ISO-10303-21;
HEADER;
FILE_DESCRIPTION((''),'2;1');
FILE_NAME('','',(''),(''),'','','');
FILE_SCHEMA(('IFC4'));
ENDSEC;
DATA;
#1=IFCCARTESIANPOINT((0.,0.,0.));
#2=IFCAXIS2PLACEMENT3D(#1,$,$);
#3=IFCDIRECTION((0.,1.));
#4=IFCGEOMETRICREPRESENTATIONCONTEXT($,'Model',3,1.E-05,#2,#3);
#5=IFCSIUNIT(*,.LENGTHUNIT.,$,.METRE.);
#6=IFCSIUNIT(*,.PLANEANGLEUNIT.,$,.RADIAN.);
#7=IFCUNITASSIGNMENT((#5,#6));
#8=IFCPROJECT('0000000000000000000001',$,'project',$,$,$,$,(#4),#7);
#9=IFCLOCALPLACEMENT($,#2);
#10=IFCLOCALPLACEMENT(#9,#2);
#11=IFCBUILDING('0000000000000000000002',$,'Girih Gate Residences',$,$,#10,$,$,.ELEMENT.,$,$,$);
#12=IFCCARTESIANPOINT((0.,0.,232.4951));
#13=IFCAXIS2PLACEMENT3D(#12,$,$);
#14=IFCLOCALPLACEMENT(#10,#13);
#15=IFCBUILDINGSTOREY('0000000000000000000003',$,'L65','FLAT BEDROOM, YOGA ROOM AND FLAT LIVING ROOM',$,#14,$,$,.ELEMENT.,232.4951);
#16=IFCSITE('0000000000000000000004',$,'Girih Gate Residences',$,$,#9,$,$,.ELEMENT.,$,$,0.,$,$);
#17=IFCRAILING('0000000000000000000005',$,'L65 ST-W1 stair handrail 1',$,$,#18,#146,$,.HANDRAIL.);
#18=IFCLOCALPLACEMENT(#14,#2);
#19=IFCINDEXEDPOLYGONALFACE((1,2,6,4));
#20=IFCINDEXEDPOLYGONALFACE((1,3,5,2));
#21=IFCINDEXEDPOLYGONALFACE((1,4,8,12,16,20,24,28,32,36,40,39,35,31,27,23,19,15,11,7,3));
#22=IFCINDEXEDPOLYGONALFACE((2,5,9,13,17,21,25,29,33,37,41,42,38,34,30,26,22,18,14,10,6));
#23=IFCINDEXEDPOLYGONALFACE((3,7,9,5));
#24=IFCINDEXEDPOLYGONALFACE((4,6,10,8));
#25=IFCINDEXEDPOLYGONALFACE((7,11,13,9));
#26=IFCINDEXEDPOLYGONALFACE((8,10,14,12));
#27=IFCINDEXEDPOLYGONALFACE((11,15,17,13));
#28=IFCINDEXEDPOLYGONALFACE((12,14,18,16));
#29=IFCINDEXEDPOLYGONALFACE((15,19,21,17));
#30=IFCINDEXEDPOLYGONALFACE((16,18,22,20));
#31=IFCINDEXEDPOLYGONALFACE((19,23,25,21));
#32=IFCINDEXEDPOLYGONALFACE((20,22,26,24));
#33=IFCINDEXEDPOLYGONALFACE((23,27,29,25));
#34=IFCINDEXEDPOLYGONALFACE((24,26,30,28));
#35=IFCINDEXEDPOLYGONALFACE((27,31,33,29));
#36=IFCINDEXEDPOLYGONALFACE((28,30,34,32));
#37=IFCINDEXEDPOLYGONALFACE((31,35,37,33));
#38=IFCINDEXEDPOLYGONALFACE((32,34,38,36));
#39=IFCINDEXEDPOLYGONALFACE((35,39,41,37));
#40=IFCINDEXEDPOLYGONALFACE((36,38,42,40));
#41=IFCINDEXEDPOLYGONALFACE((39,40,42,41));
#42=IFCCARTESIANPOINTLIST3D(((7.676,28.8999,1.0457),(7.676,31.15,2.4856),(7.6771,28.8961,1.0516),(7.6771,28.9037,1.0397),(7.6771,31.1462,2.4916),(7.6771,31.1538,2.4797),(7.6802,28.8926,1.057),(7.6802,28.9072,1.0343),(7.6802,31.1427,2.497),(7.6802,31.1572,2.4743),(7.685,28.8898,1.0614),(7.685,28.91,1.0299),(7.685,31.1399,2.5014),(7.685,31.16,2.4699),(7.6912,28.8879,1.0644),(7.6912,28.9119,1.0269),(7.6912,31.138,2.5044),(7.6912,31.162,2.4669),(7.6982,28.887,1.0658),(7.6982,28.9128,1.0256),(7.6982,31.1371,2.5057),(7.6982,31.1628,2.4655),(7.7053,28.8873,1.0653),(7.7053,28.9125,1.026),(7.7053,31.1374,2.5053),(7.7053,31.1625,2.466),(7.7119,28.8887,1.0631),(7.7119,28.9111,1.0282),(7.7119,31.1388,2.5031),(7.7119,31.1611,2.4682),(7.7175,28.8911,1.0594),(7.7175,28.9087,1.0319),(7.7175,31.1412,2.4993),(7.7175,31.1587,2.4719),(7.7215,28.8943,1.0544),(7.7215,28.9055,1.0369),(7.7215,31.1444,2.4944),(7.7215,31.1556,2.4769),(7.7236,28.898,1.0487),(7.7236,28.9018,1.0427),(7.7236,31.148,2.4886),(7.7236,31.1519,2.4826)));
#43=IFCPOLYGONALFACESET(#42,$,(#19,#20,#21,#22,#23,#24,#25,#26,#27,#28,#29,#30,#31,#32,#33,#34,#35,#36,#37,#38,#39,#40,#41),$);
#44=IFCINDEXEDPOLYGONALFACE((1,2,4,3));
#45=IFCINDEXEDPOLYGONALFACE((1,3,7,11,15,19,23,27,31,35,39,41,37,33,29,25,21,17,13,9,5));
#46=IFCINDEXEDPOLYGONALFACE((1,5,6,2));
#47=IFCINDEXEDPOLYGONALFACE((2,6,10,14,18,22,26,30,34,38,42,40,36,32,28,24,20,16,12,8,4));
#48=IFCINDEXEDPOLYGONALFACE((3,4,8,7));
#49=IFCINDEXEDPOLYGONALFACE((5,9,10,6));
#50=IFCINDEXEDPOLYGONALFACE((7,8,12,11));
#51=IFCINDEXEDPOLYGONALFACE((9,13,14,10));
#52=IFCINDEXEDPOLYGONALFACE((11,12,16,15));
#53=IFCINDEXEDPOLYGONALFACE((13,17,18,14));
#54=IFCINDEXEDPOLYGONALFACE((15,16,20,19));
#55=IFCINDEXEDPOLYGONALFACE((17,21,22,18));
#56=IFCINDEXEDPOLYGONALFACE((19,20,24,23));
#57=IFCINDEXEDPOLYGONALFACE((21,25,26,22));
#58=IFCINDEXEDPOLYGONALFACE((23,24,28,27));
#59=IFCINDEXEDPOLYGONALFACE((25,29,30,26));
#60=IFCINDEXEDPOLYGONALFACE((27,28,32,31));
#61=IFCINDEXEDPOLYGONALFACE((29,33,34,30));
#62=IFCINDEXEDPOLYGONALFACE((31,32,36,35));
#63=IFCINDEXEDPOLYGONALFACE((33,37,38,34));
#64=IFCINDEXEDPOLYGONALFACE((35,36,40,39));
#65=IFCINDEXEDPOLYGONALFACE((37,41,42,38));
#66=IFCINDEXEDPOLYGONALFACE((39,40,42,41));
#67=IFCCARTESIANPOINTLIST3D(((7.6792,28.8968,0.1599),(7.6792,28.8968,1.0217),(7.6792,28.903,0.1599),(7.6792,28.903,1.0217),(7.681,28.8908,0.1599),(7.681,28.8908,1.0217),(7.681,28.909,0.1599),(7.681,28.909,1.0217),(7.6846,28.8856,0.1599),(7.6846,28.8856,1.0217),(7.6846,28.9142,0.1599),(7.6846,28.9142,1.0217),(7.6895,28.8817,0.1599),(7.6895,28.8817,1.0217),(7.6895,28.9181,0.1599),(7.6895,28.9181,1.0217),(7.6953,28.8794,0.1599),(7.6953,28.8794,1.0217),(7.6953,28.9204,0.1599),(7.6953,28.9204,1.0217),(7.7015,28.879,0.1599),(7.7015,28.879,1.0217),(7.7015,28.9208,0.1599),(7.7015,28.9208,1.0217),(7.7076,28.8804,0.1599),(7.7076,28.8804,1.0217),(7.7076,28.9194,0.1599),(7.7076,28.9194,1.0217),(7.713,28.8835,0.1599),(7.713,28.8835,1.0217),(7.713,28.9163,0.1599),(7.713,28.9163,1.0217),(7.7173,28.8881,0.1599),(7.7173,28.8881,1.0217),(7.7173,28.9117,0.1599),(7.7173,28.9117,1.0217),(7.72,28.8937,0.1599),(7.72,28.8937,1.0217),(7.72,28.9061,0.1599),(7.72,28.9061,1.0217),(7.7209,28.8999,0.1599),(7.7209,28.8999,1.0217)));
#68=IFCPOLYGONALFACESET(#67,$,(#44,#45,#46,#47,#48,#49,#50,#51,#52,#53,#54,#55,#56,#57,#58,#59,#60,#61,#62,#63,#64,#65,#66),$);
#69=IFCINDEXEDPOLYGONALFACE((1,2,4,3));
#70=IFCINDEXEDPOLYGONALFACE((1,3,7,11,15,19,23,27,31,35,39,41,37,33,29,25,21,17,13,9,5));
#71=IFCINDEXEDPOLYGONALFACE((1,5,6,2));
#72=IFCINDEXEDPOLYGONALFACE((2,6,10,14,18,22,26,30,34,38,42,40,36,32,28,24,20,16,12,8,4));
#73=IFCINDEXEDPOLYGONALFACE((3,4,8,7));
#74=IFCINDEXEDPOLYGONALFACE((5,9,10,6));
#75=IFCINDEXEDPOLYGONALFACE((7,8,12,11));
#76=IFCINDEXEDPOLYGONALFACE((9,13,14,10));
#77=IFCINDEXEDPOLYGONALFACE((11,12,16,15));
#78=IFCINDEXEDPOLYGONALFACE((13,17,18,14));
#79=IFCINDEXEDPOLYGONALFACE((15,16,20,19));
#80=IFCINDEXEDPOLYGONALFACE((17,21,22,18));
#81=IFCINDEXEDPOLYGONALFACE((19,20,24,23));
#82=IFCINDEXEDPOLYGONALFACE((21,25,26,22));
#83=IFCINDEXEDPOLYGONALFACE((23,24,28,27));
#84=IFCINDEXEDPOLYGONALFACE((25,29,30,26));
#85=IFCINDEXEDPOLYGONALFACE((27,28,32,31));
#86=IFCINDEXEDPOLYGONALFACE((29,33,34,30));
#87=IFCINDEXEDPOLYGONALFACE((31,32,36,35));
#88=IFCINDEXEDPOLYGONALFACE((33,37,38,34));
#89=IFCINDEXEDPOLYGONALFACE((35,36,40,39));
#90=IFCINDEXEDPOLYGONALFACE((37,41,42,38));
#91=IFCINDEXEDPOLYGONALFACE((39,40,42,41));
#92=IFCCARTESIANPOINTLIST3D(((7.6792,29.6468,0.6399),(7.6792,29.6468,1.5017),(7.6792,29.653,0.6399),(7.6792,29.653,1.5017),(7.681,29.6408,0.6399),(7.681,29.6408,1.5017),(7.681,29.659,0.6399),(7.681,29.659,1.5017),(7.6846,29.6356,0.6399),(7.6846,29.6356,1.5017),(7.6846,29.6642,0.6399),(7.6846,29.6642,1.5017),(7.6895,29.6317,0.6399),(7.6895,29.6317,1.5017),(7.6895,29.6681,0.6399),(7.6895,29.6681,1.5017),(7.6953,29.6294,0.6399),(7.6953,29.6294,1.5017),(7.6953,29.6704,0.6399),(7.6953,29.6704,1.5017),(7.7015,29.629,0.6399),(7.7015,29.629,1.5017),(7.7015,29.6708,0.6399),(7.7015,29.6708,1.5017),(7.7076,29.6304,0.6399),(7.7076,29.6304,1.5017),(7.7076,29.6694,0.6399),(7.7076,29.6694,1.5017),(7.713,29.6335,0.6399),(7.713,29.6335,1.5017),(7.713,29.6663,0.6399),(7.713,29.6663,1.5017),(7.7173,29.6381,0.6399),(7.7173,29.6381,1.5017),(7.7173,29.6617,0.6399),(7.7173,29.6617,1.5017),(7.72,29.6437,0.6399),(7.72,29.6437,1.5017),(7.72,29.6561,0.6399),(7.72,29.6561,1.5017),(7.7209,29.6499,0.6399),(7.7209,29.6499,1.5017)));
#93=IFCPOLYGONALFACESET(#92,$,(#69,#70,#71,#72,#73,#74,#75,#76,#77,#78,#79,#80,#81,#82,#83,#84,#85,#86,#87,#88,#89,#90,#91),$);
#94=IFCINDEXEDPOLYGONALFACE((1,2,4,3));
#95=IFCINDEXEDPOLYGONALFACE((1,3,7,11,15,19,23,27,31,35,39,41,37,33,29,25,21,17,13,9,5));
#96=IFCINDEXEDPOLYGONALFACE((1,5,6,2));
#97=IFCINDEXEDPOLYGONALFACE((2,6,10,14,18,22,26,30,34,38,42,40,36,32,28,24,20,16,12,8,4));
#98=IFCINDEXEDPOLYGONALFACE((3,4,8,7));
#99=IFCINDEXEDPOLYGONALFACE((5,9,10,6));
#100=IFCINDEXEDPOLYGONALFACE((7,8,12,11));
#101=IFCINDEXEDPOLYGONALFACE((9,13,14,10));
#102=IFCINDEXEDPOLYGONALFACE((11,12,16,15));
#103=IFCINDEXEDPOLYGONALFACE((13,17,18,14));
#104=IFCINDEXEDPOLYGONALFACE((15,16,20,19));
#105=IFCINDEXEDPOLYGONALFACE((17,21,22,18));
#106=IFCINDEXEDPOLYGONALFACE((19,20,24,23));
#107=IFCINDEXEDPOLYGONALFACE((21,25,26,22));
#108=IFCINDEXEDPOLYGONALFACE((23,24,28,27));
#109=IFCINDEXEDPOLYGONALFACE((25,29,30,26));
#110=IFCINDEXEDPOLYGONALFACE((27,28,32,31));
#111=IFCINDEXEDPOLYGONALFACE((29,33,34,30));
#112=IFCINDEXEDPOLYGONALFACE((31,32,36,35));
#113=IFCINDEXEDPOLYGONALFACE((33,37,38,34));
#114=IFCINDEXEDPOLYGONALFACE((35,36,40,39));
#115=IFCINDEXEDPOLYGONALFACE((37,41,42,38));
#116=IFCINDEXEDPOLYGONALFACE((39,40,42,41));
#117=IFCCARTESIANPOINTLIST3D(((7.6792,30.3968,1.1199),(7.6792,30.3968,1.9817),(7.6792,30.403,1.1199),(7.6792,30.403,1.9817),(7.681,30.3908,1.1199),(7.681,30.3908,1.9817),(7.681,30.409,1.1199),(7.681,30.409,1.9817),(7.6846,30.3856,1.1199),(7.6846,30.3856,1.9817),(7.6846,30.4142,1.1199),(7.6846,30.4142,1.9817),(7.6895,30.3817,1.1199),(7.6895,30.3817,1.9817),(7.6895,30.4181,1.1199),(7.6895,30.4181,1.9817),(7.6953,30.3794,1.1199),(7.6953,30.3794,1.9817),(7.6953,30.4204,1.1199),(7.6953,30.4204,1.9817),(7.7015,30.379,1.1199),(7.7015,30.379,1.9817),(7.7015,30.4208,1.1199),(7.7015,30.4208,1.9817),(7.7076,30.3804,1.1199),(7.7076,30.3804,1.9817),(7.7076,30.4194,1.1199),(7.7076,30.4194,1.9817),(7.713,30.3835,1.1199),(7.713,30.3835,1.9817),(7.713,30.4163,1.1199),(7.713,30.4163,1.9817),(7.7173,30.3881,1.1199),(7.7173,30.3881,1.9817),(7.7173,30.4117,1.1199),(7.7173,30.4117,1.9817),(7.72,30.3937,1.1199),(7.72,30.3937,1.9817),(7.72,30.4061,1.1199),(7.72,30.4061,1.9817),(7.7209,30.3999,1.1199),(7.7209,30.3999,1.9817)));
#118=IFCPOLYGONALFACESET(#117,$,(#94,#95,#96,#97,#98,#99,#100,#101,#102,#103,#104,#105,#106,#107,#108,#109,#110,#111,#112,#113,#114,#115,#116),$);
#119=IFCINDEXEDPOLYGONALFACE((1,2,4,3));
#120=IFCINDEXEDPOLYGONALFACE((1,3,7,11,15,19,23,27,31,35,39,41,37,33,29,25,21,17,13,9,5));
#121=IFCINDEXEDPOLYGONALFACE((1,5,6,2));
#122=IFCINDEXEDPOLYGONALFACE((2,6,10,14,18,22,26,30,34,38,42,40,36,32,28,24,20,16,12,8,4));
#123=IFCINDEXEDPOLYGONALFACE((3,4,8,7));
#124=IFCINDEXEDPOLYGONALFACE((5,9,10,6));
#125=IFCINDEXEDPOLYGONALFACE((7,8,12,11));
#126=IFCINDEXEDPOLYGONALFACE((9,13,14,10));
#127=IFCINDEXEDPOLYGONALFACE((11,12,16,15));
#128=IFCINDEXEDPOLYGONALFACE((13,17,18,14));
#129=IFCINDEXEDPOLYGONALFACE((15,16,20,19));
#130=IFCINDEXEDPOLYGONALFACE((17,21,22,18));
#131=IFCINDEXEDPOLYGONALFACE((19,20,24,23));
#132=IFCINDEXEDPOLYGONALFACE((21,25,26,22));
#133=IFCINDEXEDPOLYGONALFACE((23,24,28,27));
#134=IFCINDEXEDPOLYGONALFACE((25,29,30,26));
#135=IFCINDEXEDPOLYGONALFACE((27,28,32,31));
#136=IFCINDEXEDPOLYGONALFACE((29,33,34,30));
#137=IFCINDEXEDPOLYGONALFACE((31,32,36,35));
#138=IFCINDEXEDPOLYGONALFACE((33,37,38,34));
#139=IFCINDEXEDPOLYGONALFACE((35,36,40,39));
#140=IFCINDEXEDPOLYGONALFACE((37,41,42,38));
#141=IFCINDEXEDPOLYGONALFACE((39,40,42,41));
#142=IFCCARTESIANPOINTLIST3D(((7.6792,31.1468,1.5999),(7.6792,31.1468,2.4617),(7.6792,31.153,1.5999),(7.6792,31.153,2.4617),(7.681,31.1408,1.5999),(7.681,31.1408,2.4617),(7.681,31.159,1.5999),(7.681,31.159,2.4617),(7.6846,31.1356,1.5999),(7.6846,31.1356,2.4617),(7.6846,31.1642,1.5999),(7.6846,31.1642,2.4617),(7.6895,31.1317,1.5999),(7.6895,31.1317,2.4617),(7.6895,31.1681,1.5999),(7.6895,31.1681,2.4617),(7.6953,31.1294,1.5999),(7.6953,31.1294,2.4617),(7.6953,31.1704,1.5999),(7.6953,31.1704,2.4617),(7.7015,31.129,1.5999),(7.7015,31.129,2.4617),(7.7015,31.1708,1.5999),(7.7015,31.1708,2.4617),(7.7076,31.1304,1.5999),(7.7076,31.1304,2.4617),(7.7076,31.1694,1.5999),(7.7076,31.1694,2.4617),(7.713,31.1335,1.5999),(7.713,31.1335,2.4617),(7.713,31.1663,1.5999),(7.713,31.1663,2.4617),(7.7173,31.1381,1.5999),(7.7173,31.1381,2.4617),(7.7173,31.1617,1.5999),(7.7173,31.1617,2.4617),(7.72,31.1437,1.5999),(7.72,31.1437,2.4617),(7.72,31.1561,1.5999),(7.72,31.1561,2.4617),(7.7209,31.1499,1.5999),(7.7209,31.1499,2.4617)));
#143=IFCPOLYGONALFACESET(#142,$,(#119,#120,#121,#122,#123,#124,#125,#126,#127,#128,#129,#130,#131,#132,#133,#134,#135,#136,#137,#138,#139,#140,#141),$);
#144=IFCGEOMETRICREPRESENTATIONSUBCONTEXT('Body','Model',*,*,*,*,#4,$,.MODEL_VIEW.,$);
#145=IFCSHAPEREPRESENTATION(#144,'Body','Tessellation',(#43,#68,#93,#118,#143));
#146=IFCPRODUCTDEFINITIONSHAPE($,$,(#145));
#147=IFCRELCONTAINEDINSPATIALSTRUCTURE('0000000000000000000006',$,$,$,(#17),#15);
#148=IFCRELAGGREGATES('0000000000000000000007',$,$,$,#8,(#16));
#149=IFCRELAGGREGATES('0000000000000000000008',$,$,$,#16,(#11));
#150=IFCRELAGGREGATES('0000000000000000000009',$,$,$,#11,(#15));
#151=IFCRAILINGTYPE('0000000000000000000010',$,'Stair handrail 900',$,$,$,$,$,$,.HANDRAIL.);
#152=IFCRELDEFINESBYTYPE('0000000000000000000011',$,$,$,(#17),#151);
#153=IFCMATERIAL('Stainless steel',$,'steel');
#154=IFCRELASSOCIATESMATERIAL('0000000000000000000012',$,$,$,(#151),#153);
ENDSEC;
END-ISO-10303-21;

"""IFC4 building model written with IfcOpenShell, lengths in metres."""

from ifc_helpers import new_model, si_unit, direction, frame, origin, origin_2d, place, context, subcontext, project, spatial, circle, extrude, material, type_object, element, save


model = new_model("IFC4")

# Units and contexts
model_context = context("Model", 3, precision=1e-05, world=origin(), true_north=direction((0.0, 1.0)))
body_context = subcontext(model_context, "Body", "Model", "MODEL_VIEW")
ifc_project = project(units=[si_unit("LENGTHUNIT", "METRE"), si_unit("PLANEANGLEUNIT", "RADIAN")], contexts=[model_context])

# Site, building, storey
site_placement = place(None, origin())
site = spatial("IfcSite", under=ifc_project, at=site_placement, Name="Girih Gate Residences", CompositionType="ELEMENT", RefElevation=0.0)
building_placement = place(site_placement, origin())
building = spatial("IfcBuilding", under=site, at=building_placement, Name="Girih Gate Residences", CompositionType="ELEMENT")
storey_placement = place(building_placement, frame((0.0, 0.0, 232.4951)))
storey = spatial("IfcBuildingStorey", under=building, at=storey_placement, Name="L65", Description="FLAT BEDROOM, YOGA ROOM AND FLAT LIVING ROOM", CompositionType="ELEMENT", Elevation=232.4951)

# Shared definitions
ifc_material_1 = material(Name="Stainless steel", Category="steel")

# Railing
railing_type_1 = type_object("IfcRailingType", Name="Stair handrail 900", PredefinedType="HANDRAIL", material=ifc_material_1)
railing_1_placement = place(storey_placement, frame((7.7, 28.8999, 0.1599)))
element("IfcRailing", 1, at=railing_1_placement, inside=storey, type_object=railing_type_1, Name="L65 ST-W1 stair handrail 1", PredefinedType="HANDRAIL", context=body_context, shape_type="SweptSolid", body=[
    extrude(circle(Radius=0.0239, at=origin_2d()), frame((0.0, 0.0, 0.8857), z_axis=(0.0, 0.842281, 0.539038), x_axis=(-1.0, 0.0, 0.0)), (0.0, 0.0, 1.0), 2.6714),
    extrude(circle(Radius=0.021, at=origin_2d()), origin(), (0.0, 0.0, 1.0), 0.8618),
    extrude(circle(Radius=0.021, at=origin_2d()), frame((0.0, 0.75, 0.48)), (0.0, 0.0, 1.0), 0.8618),
    extrude(circle(Radius=0.021, at=origin_2d()), frame((0.0, 1.5, 0.96)), (0.0, 0.0, 1.0), 0.8618),
    extrude(circle(Radius=0.021, at=origin_2d()), frame((0.0, 2.25, 1.4399)), (0.0, 0.0, 1.0), 0.8618),
])

save(model, "model.ifc")
